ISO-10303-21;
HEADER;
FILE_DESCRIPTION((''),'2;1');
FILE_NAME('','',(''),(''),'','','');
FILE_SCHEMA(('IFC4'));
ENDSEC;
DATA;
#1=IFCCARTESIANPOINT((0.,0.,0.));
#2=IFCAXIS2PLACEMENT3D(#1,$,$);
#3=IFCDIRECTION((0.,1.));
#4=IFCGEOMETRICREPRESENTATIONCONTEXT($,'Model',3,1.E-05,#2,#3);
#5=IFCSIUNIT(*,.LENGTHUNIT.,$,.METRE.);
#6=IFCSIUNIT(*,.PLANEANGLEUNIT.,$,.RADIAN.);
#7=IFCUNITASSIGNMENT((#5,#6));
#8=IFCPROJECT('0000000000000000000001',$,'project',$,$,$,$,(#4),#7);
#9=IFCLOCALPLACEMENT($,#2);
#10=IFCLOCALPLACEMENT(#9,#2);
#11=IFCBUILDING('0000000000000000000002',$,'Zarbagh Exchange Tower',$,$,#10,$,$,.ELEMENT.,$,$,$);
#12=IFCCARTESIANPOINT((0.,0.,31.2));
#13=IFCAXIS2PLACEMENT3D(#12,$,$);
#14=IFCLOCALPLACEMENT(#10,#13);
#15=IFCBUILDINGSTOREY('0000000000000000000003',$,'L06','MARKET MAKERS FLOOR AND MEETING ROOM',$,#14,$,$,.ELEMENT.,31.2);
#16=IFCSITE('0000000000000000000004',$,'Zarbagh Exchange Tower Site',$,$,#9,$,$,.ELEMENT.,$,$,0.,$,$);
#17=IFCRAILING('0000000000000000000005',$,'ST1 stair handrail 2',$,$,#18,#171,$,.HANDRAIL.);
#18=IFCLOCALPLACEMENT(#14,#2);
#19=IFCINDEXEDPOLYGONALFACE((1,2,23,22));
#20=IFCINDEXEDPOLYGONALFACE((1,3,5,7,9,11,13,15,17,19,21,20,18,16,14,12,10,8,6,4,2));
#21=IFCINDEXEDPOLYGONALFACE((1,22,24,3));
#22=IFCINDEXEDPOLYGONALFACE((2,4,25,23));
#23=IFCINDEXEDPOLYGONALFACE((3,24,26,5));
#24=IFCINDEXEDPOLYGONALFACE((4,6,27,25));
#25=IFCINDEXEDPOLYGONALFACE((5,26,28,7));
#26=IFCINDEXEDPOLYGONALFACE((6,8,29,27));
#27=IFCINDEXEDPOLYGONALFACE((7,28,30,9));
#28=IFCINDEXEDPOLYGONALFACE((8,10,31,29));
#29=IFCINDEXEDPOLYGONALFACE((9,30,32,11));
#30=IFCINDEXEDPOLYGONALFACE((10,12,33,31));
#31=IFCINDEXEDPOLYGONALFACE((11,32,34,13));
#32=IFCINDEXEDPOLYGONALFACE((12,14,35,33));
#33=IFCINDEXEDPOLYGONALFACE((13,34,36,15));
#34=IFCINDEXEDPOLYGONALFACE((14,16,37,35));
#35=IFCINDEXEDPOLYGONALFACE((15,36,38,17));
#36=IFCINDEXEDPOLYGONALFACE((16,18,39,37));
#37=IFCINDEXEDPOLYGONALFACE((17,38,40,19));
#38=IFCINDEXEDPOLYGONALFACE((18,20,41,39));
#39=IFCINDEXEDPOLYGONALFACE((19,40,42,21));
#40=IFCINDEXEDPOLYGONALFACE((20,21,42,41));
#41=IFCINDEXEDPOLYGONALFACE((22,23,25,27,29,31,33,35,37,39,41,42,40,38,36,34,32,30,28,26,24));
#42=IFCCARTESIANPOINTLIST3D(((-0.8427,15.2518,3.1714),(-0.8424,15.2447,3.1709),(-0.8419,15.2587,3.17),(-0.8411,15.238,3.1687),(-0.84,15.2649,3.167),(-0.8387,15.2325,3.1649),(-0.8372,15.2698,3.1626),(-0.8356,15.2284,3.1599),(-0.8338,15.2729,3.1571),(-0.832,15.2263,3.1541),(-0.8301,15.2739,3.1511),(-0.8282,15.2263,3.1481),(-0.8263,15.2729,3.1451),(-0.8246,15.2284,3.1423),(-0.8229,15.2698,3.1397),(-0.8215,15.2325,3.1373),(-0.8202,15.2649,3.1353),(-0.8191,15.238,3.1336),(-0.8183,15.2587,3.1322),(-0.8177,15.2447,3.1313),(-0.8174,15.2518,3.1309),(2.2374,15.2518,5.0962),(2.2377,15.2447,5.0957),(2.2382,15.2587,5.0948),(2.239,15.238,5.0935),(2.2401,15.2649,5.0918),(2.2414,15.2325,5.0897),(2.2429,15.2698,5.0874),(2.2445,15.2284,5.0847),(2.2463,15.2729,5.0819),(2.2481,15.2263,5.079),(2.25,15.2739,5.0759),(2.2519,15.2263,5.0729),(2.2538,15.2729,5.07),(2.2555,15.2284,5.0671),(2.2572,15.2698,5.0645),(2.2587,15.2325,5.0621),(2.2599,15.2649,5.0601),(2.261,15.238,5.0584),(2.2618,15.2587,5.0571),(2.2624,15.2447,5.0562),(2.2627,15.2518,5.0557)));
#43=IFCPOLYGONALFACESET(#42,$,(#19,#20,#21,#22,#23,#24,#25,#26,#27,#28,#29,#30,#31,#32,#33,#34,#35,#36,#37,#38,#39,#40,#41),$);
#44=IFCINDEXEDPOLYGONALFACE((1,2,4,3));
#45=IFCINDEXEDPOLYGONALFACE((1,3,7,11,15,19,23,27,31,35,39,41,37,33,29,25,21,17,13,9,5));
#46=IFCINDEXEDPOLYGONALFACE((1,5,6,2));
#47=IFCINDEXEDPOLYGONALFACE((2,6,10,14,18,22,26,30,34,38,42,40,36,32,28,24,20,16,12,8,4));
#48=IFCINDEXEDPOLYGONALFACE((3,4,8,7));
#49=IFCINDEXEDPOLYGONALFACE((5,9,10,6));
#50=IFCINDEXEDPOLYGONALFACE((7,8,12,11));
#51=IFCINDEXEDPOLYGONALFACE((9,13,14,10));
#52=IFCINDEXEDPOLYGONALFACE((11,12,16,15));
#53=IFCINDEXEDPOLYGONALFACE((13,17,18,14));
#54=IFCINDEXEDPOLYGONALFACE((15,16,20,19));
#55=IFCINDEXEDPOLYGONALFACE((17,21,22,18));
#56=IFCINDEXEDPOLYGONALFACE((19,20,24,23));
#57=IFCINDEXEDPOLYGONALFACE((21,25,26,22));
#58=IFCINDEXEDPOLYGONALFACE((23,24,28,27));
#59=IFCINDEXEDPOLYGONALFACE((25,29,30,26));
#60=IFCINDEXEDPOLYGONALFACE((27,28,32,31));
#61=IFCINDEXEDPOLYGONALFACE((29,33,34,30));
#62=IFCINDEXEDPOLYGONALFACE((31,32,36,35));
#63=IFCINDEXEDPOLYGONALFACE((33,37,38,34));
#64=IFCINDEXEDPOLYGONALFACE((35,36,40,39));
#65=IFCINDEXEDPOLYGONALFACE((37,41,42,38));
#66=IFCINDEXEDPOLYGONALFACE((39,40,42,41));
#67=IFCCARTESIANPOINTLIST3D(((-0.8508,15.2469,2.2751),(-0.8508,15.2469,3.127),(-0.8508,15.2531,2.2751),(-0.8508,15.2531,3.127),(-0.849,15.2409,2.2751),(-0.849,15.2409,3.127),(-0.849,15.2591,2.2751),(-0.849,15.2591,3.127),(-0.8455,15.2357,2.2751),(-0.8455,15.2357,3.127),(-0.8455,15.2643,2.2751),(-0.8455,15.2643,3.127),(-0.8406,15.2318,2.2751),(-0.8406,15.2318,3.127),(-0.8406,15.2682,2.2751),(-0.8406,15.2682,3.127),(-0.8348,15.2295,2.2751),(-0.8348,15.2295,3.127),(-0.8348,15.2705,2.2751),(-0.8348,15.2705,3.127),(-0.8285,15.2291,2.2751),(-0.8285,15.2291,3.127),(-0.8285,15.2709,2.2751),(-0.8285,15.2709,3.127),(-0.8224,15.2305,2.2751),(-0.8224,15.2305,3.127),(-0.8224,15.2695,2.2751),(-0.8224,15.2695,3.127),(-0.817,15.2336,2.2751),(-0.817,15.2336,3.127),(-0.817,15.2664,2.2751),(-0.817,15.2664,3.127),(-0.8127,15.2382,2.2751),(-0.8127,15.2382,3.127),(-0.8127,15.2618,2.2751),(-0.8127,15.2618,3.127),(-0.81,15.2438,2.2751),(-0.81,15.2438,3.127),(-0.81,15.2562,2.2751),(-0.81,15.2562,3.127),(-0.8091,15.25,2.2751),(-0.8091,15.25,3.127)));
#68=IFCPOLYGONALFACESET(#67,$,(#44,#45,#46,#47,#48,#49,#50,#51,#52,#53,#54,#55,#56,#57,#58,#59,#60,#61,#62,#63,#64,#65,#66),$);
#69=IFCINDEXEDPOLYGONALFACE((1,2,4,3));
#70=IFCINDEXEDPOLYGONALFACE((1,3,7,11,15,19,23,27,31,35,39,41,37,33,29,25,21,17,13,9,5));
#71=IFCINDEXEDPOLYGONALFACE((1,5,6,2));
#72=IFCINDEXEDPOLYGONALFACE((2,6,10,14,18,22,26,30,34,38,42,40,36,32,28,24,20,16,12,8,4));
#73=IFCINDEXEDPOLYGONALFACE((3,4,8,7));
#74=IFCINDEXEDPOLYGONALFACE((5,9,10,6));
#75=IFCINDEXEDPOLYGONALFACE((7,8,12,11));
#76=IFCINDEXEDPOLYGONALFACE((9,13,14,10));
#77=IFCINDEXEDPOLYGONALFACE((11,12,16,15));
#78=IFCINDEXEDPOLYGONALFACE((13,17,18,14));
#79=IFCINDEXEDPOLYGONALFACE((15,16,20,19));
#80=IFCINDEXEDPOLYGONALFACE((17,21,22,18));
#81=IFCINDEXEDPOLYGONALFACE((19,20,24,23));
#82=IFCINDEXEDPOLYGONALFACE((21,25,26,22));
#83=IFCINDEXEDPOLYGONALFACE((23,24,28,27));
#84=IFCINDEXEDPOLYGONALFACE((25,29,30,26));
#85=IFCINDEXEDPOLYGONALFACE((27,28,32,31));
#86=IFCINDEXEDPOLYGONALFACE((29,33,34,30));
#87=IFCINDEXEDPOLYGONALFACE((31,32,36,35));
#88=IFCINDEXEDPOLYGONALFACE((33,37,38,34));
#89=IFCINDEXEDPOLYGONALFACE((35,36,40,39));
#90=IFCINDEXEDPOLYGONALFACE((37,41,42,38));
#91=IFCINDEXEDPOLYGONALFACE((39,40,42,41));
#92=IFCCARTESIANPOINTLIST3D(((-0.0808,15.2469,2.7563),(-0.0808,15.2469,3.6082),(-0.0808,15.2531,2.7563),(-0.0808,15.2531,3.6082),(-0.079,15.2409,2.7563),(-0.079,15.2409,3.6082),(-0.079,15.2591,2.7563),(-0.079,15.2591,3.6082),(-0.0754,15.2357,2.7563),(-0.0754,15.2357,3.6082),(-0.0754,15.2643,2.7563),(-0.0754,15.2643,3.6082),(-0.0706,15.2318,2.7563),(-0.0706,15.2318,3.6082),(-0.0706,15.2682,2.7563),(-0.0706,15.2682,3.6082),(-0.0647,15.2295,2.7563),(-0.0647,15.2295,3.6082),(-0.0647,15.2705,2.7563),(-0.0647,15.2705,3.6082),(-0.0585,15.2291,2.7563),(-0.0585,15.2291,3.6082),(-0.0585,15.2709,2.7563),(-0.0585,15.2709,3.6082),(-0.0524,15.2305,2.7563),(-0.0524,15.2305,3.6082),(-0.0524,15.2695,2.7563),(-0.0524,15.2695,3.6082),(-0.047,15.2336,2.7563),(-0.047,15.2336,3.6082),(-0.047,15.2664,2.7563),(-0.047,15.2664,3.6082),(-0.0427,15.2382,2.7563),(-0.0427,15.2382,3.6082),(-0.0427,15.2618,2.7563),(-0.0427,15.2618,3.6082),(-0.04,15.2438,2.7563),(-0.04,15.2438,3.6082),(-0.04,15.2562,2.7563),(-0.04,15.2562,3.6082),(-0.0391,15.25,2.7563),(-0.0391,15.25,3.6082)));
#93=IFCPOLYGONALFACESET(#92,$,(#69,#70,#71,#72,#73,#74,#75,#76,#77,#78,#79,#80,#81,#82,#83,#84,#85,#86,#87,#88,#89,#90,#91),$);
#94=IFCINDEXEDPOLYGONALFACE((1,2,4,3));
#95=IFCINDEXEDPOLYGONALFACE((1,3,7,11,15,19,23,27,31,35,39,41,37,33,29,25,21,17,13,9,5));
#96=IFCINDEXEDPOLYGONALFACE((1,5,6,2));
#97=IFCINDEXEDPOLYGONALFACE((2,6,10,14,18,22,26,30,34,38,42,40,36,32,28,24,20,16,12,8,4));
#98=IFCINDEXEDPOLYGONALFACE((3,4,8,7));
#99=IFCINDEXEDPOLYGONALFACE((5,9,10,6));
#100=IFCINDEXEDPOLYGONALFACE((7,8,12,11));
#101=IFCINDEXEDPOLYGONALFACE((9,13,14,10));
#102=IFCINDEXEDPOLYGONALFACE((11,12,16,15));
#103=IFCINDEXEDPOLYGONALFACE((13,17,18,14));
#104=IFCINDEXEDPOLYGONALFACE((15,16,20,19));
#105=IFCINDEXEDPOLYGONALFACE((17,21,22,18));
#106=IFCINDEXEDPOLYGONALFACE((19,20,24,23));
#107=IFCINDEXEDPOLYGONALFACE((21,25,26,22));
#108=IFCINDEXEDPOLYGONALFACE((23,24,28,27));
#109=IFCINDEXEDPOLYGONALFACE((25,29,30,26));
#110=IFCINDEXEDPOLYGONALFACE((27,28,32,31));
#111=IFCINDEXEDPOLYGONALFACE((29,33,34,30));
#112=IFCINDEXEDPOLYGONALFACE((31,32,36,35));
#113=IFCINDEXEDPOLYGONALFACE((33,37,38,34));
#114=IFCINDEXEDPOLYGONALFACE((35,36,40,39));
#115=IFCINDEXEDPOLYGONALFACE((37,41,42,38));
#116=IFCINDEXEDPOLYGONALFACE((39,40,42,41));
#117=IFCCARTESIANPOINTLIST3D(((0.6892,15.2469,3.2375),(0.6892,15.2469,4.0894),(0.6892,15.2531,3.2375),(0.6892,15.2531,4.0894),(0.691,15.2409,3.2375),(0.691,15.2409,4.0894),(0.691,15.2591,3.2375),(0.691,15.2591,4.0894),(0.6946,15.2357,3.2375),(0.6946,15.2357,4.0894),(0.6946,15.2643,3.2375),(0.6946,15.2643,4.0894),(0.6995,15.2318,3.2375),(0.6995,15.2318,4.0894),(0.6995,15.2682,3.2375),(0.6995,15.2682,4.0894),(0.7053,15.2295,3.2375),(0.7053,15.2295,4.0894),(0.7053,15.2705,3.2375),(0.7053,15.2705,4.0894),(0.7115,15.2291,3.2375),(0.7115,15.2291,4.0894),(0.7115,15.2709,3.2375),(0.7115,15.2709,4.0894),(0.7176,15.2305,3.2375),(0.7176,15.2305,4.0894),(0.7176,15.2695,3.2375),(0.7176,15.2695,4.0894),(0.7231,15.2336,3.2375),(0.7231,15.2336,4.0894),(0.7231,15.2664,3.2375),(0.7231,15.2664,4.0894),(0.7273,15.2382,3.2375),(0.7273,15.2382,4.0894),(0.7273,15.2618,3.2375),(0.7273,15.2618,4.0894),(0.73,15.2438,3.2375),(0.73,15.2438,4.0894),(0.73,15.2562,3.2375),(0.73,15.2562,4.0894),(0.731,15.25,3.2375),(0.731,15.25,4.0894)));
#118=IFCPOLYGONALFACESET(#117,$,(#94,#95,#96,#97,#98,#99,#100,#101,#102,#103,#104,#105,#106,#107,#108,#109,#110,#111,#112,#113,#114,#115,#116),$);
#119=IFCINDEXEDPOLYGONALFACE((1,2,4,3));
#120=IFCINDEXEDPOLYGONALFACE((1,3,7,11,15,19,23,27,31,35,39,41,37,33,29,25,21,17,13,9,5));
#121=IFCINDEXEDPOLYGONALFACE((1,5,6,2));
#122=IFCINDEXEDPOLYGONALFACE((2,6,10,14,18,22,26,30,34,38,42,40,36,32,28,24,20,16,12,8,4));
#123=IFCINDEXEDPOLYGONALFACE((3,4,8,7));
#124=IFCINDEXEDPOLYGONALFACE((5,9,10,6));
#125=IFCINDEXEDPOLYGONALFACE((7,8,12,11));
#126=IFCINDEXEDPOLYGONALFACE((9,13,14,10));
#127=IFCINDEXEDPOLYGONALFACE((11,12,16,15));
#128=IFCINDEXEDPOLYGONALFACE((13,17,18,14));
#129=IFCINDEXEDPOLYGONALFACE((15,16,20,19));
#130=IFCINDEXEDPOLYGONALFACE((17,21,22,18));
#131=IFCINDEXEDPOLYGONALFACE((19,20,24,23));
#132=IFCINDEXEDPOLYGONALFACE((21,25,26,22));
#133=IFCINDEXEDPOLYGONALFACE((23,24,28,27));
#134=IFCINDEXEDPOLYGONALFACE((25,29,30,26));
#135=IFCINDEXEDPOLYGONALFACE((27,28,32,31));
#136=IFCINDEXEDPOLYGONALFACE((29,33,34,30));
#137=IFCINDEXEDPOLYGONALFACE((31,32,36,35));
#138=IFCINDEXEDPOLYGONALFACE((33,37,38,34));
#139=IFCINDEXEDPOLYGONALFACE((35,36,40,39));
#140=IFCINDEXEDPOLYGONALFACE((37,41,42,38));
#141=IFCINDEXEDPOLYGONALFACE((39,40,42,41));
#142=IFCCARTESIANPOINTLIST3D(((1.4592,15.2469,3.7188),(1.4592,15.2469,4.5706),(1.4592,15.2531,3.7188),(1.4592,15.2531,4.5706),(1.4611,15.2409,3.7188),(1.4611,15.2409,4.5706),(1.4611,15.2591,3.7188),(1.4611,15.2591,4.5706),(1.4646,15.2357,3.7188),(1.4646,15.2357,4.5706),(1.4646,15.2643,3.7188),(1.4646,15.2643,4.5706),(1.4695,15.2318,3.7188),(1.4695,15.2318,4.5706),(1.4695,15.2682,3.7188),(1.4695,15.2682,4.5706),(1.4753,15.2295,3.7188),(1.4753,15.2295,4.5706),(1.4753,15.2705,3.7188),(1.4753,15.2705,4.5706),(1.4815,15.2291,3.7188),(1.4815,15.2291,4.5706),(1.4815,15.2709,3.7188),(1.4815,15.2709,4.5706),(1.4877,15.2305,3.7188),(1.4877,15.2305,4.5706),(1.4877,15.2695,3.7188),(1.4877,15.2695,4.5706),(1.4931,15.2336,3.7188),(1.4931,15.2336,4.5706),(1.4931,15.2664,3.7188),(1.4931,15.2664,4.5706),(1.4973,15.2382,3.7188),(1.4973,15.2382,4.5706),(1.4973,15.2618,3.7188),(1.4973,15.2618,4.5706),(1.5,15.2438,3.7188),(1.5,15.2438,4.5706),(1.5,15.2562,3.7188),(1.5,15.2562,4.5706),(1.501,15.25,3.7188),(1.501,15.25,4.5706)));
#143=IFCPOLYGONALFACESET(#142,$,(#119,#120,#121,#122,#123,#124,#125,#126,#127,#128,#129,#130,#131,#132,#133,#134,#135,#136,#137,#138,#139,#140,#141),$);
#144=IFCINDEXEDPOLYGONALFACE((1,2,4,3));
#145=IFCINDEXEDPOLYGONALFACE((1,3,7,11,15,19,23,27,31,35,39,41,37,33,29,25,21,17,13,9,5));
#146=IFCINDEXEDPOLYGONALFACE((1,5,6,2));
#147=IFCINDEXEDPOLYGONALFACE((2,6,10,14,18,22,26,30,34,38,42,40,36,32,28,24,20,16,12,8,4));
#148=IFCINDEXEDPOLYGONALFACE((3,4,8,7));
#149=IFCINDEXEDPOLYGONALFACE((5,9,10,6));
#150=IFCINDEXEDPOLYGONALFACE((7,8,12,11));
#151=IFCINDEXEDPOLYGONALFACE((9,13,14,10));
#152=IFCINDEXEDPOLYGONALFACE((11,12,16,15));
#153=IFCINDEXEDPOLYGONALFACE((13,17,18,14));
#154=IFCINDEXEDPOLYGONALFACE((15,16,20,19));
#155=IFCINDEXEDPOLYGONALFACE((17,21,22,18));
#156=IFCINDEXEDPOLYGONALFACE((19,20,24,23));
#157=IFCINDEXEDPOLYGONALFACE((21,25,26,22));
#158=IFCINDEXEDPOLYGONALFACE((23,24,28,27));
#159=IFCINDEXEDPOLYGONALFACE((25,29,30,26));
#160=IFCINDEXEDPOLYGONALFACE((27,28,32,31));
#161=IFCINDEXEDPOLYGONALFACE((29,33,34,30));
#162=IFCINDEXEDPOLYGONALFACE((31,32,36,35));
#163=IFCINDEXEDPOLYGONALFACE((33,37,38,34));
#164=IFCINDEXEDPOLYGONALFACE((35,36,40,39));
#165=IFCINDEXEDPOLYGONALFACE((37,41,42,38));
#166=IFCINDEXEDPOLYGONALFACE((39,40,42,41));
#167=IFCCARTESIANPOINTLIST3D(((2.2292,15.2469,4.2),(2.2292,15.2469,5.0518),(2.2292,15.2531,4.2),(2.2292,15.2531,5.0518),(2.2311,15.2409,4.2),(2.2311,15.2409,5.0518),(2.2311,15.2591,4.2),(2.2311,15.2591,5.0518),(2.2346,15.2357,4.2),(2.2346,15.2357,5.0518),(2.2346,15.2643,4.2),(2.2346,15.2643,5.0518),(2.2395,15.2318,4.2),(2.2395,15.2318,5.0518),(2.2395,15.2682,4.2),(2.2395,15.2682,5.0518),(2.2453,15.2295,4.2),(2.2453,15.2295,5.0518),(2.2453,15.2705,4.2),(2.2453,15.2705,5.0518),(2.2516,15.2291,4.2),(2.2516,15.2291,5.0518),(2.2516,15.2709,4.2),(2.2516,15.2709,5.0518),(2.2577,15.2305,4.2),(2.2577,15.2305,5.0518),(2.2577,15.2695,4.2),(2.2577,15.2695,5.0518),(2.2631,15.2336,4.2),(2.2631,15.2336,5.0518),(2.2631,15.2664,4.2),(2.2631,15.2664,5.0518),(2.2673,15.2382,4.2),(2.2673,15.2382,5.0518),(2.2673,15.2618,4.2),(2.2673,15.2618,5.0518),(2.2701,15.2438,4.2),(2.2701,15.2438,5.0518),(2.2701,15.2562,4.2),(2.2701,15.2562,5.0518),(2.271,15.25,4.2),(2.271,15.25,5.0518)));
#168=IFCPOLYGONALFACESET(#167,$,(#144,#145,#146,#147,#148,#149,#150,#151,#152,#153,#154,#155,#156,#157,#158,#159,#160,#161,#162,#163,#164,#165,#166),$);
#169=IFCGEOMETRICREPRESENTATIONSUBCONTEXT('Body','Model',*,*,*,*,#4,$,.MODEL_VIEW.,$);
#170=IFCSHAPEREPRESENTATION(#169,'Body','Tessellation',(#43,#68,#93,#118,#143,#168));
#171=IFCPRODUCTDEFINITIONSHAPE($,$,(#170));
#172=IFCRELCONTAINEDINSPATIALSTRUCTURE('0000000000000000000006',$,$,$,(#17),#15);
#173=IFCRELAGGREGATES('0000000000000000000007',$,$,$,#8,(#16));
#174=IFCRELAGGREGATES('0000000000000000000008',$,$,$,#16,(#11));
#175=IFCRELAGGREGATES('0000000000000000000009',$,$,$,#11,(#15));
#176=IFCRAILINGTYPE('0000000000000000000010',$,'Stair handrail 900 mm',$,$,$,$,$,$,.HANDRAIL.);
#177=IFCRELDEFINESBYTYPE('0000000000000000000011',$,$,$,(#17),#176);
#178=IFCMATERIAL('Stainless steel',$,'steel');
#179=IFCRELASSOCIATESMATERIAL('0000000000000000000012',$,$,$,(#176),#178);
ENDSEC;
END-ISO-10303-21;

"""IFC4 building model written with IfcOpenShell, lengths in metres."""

from ifc_helpers import new_model, si_unit, direction, frame, origin, origin_2d, place, context, subcontext, project, spatial, circle, extrude, material, type_object, element, save


model = new_model("IFC4")

# Units and contexts
model_context = context("Model", 3, precision=1e-05, world=origin(), true_north=direction((0.0, 1.0)))
body_context = subcontext(model_context, "Body", "Model", "MODEL_VIEW")
ifc_project = project(units=[si_unit("LENGTHUNIT", "METRE"), si_unit("PLANEANGLEUNIT", "RADIAN")], contexts=[model_context])

# Site, building, storey
site_placement = place(None, origin())
site = spatial("IfcSite", under=ifc_project, at=site_placement, Name="Zarbagh Exchange Tower Site", CompositionType="ELEMENT", RefElevation=0.0)
building_placement = place(site_placement, origin())
building = spatial("IfcBuilding", under=site, at=building_placement, Name="Zarbagh Exchange Tower", CompositionType="ELEMENT")
storey_placement = place(building_placement, frame((0.0, 0.0, 31.2)))
storey = spatial("IfcBuildingStorey", under=building, at=storey_placement, Name="L06", Description="MARKET MAKERS FLOOR AND MEETING ROOM", CompositionType="ELEMENT", Elevation=31.2)

# Shared definitions
ifc_material_1 = material(Name="Stainless steel", Category="steel")

# Railing
railing_type_1 = type_object("IfcRailingType", Name="Stair handrail 900 mm", PredefinedType="HANDRAIL", material=ifc_material_1)
railing_1_placement = place(storey_placement, frame((-0.8301, 15.25, 2.2751)))
element("IfcRailing", 1, at=railing_1_placement, inside=storey, type_object=railing_type_1, Name="ST1 stair handrail 2", PredefinedType="HANDRAIL", context=body_context, shape_type="SweptSolid", body=[
    extrude(circle(Radius=0.0239, at=origin_2d()), frame((0.0, 0.0, 0.876), z_axis=(0.848029, 0.0, 0.529951), x_axis=(0.0, 1.0, 0.0)), (0.0, 0.0, 1.0), 3.6321),
    extrude(circle(Radius=0.021, at=origin_2d()), origin(), (0.0, 0.0, 1.0), 0.8518),
    extrude(circle(Radius=0.021, at=origin_2d()), frame((0.77, 0.0, 0.4812)), (0.0, 0.0, 1.0), 0.8518),
    extrude(circle(Radius=0.021, at=origin_2d()), frame((1.54, 0.0, 0.9624)), (0.0, 0.0, 1.0), 0.8518),
    extrude(circle(Radius=0.021, at=origin_2d()), frame((2.3101, 0.0, 1.4436)), (0.0, 0.0, 1.0), 0.8518),
    extrude(circle(Radius=0.021, at=origin_2d()), frame((3.0801, 0.0, 1.9248)), (0.0, 0.0, 1.0), 0.8518),
])

save(model, "model.ifc")
